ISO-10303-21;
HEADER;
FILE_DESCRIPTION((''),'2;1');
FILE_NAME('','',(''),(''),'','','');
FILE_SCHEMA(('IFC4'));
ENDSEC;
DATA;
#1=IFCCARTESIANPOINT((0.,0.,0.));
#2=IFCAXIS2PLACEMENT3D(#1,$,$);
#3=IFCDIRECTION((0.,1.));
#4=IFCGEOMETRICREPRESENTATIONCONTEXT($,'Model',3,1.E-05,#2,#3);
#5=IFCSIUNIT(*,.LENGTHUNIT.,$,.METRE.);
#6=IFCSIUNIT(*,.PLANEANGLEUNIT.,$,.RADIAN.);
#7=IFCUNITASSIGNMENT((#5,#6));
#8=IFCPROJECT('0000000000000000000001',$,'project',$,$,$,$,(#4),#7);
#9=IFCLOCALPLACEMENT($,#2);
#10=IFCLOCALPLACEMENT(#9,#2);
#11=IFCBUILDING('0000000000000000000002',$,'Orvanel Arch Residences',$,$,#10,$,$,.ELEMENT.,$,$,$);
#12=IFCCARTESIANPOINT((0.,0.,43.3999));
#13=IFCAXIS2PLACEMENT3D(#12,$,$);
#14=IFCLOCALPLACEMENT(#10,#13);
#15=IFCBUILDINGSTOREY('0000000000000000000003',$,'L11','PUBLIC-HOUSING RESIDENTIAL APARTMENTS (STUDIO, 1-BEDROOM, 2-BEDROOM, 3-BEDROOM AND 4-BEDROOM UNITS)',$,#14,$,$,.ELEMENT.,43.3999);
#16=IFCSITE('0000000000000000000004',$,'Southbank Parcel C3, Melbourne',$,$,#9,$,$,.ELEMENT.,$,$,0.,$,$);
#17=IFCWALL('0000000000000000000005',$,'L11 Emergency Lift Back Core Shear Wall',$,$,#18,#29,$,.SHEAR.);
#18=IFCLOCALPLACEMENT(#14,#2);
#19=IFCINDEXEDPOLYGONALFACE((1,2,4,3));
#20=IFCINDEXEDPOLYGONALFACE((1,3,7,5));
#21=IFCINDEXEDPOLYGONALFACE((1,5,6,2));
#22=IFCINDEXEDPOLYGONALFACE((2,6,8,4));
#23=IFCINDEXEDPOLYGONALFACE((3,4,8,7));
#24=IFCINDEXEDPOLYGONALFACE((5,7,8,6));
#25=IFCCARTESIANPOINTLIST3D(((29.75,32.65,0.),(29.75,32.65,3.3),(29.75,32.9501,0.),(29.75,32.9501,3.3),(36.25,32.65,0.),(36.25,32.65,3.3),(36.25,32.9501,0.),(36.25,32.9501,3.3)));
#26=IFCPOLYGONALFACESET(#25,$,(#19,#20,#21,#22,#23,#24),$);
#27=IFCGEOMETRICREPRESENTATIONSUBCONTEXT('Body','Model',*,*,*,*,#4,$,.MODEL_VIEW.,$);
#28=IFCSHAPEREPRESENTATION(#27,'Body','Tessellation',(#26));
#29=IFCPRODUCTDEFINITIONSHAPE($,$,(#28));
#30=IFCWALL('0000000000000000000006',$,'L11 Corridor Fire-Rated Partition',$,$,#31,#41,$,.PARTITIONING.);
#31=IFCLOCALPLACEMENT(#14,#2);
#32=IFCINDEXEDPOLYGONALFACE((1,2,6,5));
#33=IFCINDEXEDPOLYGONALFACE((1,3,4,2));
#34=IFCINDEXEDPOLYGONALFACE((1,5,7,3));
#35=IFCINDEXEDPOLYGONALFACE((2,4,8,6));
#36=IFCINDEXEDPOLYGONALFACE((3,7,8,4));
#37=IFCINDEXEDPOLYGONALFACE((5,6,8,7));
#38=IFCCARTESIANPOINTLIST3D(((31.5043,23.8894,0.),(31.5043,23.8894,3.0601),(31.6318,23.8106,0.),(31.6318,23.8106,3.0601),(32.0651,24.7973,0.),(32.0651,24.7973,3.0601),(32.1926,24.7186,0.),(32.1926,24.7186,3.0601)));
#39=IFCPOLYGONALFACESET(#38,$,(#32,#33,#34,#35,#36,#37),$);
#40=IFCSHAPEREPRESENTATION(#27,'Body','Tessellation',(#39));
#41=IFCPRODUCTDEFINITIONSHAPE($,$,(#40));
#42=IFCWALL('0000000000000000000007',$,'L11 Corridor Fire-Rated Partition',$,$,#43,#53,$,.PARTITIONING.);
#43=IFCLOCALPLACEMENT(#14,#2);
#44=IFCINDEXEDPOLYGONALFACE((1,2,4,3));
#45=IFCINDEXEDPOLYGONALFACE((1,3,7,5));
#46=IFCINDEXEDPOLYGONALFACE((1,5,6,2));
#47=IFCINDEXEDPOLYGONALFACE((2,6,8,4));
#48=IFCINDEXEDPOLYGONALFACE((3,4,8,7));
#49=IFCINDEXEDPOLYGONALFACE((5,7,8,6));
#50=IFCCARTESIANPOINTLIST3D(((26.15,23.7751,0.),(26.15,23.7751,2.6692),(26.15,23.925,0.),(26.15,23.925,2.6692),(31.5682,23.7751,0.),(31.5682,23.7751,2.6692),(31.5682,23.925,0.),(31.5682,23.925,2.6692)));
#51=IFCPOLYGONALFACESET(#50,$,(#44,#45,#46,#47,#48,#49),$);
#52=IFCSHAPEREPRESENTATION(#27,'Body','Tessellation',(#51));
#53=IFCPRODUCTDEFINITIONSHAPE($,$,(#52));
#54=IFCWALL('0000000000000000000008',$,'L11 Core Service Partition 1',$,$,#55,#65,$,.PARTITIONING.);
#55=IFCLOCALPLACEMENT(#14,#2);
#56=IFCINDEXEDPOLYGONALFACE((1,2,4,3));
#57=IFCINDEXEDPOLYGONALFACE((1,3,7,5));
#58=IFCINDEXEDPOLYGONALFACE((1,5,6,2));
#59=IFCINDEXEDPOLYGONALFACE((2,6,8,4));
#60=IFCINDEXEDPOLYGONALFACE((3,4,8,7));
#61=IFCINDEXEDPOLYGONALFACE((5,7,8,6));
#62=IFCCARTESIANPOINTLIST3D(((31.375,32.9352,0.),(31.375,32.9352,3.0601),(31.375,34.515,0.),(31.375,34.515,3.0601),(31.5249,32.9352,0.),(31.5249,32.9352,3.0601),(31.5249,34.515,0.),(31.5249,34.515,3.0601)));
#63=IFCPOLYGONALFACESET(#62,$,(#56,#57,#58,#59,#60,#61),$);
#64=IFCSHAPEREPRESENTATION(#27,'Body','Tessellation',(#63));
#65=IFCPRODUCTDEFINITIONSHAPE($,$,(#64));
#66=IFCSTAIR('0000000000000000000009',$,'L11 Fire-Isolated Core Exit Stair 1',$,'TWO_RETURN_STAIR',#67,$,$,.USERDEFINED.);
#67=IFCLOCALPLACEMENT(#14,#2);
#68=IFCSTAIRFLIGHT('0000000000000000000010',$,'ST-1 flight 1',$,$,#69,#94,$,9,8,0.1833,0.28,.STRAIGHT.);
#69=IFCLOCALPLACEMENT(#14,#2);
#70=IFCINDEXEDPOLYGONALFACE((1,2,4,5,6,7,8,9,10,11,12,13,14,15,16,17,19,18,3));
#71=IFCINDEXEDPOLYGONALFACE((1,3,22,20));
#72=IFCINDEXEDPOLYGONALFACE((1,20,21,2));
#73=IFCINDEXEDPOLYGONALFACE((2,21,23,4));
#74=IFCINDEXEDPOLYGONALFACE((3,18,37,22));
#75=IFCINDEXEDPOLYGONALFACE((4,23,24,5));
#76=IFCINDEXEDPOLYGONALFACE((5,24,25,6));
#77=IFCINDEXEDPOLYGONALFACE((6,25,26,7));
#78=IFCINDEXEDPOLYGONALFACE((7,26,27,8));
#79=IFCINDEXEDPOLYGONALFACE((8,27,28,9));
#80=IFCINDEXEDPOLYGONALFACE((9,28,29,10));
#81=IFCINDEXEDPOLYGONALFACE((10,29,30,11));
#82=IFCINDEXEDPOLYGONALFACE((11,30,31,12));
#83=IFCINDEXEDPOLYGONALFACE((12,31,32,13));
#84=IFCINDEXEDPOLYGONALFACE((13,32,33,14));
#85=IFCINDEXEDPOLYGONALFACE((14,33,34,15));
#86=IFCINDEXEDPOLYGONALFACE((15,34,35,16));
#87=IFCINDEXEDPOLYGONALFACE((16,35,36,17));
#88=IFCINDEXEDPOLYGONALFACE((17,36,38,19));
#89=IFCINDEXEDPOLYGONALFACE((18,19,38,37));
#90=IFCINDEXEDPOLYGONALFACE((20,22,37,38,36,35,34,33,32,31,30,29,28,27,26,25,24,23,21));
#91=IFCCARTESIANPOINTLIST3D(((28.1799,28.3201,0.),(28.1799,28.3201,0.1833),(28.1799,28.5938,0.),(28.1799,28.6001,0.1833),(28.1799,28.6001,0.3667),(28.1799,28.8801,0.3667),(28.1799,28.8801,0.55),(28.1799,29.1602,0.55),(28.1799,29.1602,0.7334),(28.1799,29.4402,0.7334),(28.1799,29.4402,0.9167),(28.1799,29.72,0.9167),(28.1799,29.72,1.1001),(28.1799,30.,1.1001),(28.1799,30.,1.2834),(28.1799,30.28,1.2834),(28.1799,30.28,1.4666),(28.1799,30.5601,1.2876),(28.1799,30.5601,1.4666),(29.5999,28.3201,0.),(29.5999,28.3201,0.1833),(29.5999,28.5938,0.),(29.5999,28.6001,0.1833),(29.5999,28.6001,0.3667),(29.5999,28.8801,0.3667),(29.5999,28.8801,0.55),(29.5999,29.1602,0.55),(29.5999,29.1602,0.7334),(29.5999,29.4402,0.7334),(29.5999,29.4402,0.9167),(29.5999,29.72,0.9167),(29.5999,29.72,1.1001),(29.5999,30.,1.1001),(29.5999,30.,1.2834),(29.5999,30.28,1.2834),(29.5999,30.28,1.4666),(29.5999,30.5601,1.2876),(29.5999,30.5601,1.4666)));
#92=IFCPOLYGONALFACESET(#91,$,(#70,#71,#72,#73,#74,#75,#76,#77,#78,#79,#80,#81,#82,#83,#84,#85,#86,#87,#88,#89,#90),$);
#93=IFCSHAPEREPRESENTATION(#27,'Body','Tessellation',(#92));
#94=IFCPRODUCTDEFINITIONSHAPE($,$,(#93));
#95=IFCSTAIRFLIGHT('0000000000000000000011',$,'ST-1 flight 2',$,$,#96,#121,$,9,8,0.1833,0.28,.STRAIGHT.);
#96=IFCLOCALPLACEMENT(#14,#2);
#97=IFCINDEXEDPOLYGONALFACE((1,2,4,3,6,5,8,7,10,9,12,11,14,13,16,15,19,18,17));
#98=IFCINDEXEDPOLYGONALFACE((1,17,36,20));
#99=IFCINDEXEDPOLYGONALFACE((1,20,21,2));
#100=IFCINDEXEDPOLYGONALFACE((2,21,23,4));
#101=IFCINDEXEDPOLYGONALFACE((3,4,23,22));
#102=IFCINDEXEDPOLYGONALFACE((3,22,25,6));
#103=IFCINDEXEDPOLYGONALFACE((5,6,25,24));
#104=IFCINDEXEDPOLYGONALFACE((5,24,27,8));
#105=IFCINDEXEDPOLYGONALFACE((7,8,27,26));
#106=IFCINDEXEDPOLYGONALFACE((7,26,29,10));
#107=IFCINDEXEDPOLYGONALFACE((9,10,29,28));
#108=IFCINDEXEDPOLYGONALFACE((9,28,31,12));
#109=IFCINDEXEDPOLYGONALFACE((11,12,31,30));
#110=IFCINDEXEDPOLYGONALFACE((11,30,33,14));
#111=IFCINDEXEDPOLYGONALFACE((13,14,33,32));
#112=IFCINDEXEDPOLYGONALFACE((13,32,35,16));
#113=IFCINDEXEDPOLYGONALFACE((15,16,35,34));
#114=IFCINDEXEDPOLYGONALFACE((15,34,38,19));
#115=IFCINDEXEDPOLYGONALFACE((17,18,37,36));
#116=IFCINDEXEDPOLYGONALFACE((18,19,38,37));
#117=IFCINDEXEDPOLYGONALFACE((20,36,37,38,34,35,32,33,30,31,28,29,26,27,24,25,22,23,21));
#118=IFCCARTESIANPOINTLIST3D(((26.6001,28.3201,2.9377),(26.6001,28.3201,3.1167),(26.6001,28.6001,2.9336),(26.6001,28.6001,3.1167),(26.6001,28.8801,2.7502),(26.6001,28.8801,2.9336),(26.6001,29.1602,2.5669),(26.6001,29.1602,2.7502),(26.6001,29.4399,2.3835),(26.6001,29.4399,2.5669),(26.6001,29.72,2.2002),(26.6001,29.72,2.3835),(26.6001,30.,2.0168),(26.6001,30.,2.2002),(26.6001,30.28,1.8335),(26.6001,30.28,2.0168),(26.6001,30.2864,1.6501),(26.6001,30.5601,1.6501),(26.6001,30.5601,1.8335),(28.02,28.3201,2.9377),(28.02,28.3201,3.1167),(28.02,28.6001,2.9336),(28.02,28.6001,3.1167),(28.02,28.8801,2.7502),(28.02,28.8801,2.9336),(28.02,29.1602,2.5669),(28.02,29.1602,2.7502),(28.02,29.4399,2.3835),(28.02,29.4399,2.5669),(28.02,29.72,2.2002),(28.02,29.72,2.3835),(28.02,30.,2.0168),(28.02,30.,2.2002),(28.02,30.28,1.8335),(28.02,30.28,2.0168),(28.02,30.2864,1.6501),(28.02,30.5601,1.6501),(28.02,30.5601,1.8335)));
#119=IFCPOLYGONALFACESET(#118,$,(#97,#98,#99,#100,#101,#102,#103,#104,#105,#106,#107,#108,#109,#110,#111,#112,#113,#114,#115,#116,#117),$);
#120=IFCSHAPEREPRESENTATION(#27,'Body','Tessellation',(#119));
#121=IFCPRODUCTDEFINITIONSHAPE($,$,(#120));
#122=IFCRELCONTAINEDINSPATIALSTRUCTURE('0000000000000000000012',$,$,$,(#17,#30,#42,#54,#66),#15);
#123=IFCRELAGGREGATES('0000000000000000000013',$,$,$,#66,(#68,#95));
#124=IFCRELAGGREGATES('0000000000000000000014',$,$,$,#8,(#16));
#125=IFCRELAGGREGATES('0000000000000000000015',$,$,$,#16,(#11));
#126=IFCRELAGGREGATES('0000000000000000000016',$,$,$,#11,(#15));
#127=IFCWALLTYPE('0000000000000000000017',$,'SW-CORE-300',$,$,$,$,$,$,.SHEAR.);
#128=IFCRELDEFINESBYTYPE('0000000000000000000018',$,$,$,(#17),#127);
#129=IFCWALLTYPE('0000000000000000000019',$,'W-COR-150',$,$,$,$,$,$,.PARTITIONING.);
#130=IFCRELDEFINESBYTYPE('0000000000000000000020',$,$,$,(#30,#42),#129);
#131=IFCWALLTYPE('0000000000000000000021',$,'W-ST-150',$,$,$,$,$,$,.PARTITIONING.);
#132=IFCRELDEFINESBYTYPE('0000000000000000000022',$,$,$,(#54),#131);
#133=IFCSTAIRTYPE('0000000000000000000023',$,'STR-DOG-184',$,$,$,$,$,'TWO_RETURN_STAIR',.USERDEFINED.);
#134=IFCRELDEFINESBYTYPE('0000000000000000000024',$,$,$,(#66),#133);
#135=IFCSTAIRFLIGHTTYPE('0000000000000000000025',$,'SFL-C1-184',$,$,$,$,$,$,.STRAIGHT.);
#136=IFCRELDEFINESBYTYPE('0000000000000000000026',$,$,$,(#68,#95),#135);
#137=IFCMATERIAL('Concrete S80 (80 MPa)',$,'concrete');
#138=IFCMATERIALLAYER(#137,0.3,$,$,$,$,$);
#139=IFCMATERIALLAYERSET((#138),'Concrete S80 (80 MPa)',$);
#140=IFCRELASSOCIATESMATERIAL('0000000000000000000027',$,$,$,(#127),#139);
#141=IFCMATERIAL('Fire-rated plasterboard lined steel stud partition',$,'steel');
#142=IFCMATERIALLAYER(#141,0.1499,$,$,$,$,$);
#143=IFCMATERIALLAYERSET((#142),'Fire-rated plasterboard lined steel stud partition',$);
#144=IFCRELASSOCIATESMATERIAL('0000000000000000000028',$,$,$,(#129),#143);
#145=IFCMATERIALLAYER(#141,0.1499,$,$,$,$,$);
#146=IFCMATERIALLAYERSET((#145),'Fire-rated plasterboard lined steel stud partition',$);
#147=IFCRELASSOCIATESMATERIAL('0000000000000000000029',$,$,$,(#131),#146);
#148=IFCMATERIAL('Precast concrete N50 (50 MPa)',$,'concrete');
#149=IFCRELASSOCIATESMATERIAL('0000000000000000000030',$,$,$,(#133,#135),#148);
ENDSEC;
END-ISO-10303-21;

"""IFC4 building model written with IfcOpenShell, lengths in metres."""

from ifc_helpers import new_model, si_unit, direction, frame, frame_2d, origin, place, context, subcontext, project, spatial, polyline, rectangle, outline, extrude, material, layer, layer_set, type_object, element, aggregate, save


model = new_model("IFC4")

# Units and contexts
model_context = context("Model", 3, precision=1e-05, world=origin(), true_north=direction((0.0, 1.0)))
body_context = subcontext(model_context, "Body", "Model", "MODEL_VIEW")
ifc_project = project(units=[si_unit("LENGTHUNIT", "METRE"), si_unit("PLANEANGLEUNIT", "RADIAN")], contexts=[model_context])

# Site, building, storey
site_placement = place(None, origin())
site = spatial("IfcSite", under=ifc_project, at=site_placement, Name="Southbank Parcel C3, Melbourne", CompositionType="ELEMENT", RefElevation=0.0)
building_placement = place(site_placement, origin())
building = spatial("IfcBuilding", under=site, at=building_placement, Name="Orvanel Arch Residences", CompositionType="ELEMENT")
storey_placement = place(building_placement, frame((0.0, 0.0, 43.3999)))
storey = spatial("IfcBuildingStorey", under=building, at=storey_placement, Name="L11", Description="PUBLIC-HOUSING RESIDENTIAL APARTMENTS (STUDIO, 1-BEDROOM, 2-BEDROOM, 3-BEDROOM AND 4-BEDROOM UNITS)", CompositionType="ELEMENT", Elevation=43.3999)

# Shared definitions
ifc_material_1 = material(Name="Concrete S80 (80 MPa)", Category="concrete")
ifc_layer_1 = layer(ifc_material_1, 0.3)
ifc_layer_set_1 = layer_set([ifc_layer_1], Name="Concrete S80 (80 MPa)")
wall_type_1 = type_object("IfcWallType", Name="SW-CORE-300", PredefinedType="SHEAR", material=ifc_layer_set_1)

# Walls
wall_1_placement = place(storey_placement, frame((29.75, 32.8, 0.0), z_axis=(0.0, 0.0, 1.0), x_axis=(1.0, 0.0, 0.0)))
element("IfcWall", 1, at=wall_1_placement, inside=storey, type_object=wall_type_1, Name="L11 Emergency Lift Back Core Shear Wall", PredefinedType="SHEAR", context=body_context, shape_type="SweptSolid", body=[
    extrude(rectangle(XDim=6.5, YDim=0.3, at=frame_2d((3.25, 0.0))), origin(), (0.0, 0.0, 1.0), 3.3),
])
ifc_material_2 = material(Name="Fire-rated plasterboard lined steel stud partition", Category="steel")
ifc_layer_2 = layer(ifc_material_2, 0.1499)
ifc_layer_set_2 = layer_set([ifc_layer_2], Name="Fire-rated plasterboard lined steel stud partition")
wall_type_2 = type_object("IfcWallType", Name="W-COR-150", PredefinedType="PARTITIONING", material=ifc_layer_set_2)
wall_2_placement = place(storey_placement, frame((32.1289, 24.7581, 0.0), z_axis=(0.0, 0.0, 1.0), x_axis=(-0.525488, -0.850801, 0.0)))
element("IfcWall", 2, at=wall_2_placement, inside=storey, type_object=wall_type_2, Name="L11 Corridor Fire-Rated Partition", PredefinedType="PARTITIONING", context=body_context, shape_type="SweptSolid", body=[
    extrude(rectangle(XDim=1.0671, YDim=0.1499, at=frame_2d((0.5337, 0.0))), origin(), (0.0, 0.0, 1.0), 3.0601),
])
wall_3_placement = place(storey_placement, frame((31.5681, 23.8501, 0.0), z_axis=(0.0, 0.0, 1.0), x_axis=(-1.0, 0.0, 0.0)))
element("IfcWall", 3, at=wall_3_placement, inside=storey, type_object=wall_type_2, Name="L11 Corridor Fire-Rated Partition", PredefinedType="PARTITIONING", context=body_context, shape_type="SweptSolid", body=[
    extrude(rectangle(XDim=5.4182, YDim=0.1499, at=frame_2d((2.709, 0.0))), origin(), (0.0, 0.0, 1.0), 2.6692),
])
ifc_layer_3 = layer(ifc_material_2, 0.1499)
ifc_layer_set_3 = layer_set([ifc_layer_3], Name="Fire-rated plasterboard lined steel stud partition")
wall_type_3 = type_object("IfcWallType", Name="W-ST-150", PredefinedType="PARTITIONING", material=ifc_layer_set_3)
wall_4_placement = place(storey_placement, frame((31.45, 32.9351, 0.0), z_axis=(0.0, 0.0, 1.0), x_axis=(0.0, 1.0, 0.0)))
element("IfcWall", 4, at=wall_4_placement, inside=storey, type_object=wall_type_3, Name="L11 Core Service Partition 1", PredefinedType="PARTITIONING", context=body_context, shape_type="SweptSolid", body=[
    extrude(rectangle(XDim=1.5798, YDim=0.1499, at=frame_2d((0.79, 0.0))), origin(), (0.0, 0.0, 1.0), 3.0601),
])

# Stair, stair flights
ifc_material_3 = material(Name="Precast concrete N50 (50 MPa)", Category="concrete")
stair_type = type_object("IfcStairType", Name="STR-DOG-184", ElementType="TWO_RETURN_STAIR", PredefinedType="USERDEFINED", material=ifc_material_3)
stair_placement = place(storey_placement, origin())
stair = element("IfcStair", 5, at=stair_placement, inside=storey, type_object=stair_type, Name="L11 Fire-Isolated Core Exit Stair 1", ObjectType="TWO_RETURN_STAIR", PredefinedType="USERDEFINED")
stair_flight_type = type_object("IfcStairFlightType", Name="SFL-C1-184", PredefinedType="STRAIGHT", material=ifc_material_3)
stair_flight_1_placement = place(storey_placement, frame((28.8899, 28.3201, 0.0), z_axis=(0.0, 0.0, 1.0), x_axis=(0.0, 1.0, 0.0)))
stair_flight_1 = element("IfcStairFlight", 6, at=stair_flight_1_placement, type_object=stair_flight_type, Name="ST-1 flight 1", NumberOfRisers=9, NumberOfTreads=8, PredefinedType="STRAIGHT", RiserHeight=0.1833, TreadLength=0.28, context=body_context, shape_type="SweptSolid", body=[
    extrude(outline(polyline([(0.0, 0.0), (0.0, 0.1833), (0.28, 0.1833), (0.28, 0.3667), (0.5601, 0.3667), (0.5601, 0.55), (0.8401, 0.55), (0.8401, 0.7334), (1.1201, 0.7334), (1.1201, 0.9167), (1.3999, 0.9167), (1.3999, 1.1001), (1.6799, 1.1001), (1.6799, 1.2834), (1.96, 1.2834), (1.96, 1.4666), (2.24, 1.4666), (2.24, 1.6499), (2.24, 1.2876), (0.2737, 0.0), (0.0, 0.0)])), frame((0.0, 0.71, 0.0), z_axis=(0.0, -1.0, 0.0), x_axis=(1.0, 0.0, 0.0)), (0.0, 0.0, 1.0), 1.4199),
])
stair_flight_2_placement = place(storey_placement, frame((27.3101, 30.5601, 1.6501), z_axis=(0.0, 0.0, 1.0), x_axis=(0.0, -1.0, 0.0)))
stair_flight_2 = element("IfcStairFlight", 7, at=stair_flight_2_placement, type_object=stair_flight_type, Name="ST-1 flight 2", NumberOfRisers=9, NumberOfTreads=8, PredefinedType="STRAIGHT", RiserHeight=0.1833, TreadLength=0.28, context=body_context, shape_type="SweptSolid", body=[
    extrude(outline(polyline([(0.0, 0.0), (0.0, 0.1833), (0.28, 0.1833), (0.28, 0.3667), (0.5601, 0.3667), (0.5601, 0.55), (0.8401, 0.55), (0.8401, 0.7334), (1.1201, 0.7334), (1.1201, 0.9167), (1.3999, 0.9167), (1.3999, 1.1001), (1.6799, 1.1001), (1.6799, 1.2834), (1.96, 1.2834), (1.96, 1.4666), (2.24, 1.4666), (2.24, 1.6499), (2.24, 1.2876), (0.2737, 0.0), (0.0, 0.0)])), frame((0.0, 0.71, 0.0), z_axis=(0.0, -1.0, 0.0), x_axis=(1.0, 0.0, 0.0)), (0.0, 0.0, 1.0), 1.4199),
])
aggregate(stair, [stair_flight_1, stair_flight_2])

save(model, "model.ifc")
